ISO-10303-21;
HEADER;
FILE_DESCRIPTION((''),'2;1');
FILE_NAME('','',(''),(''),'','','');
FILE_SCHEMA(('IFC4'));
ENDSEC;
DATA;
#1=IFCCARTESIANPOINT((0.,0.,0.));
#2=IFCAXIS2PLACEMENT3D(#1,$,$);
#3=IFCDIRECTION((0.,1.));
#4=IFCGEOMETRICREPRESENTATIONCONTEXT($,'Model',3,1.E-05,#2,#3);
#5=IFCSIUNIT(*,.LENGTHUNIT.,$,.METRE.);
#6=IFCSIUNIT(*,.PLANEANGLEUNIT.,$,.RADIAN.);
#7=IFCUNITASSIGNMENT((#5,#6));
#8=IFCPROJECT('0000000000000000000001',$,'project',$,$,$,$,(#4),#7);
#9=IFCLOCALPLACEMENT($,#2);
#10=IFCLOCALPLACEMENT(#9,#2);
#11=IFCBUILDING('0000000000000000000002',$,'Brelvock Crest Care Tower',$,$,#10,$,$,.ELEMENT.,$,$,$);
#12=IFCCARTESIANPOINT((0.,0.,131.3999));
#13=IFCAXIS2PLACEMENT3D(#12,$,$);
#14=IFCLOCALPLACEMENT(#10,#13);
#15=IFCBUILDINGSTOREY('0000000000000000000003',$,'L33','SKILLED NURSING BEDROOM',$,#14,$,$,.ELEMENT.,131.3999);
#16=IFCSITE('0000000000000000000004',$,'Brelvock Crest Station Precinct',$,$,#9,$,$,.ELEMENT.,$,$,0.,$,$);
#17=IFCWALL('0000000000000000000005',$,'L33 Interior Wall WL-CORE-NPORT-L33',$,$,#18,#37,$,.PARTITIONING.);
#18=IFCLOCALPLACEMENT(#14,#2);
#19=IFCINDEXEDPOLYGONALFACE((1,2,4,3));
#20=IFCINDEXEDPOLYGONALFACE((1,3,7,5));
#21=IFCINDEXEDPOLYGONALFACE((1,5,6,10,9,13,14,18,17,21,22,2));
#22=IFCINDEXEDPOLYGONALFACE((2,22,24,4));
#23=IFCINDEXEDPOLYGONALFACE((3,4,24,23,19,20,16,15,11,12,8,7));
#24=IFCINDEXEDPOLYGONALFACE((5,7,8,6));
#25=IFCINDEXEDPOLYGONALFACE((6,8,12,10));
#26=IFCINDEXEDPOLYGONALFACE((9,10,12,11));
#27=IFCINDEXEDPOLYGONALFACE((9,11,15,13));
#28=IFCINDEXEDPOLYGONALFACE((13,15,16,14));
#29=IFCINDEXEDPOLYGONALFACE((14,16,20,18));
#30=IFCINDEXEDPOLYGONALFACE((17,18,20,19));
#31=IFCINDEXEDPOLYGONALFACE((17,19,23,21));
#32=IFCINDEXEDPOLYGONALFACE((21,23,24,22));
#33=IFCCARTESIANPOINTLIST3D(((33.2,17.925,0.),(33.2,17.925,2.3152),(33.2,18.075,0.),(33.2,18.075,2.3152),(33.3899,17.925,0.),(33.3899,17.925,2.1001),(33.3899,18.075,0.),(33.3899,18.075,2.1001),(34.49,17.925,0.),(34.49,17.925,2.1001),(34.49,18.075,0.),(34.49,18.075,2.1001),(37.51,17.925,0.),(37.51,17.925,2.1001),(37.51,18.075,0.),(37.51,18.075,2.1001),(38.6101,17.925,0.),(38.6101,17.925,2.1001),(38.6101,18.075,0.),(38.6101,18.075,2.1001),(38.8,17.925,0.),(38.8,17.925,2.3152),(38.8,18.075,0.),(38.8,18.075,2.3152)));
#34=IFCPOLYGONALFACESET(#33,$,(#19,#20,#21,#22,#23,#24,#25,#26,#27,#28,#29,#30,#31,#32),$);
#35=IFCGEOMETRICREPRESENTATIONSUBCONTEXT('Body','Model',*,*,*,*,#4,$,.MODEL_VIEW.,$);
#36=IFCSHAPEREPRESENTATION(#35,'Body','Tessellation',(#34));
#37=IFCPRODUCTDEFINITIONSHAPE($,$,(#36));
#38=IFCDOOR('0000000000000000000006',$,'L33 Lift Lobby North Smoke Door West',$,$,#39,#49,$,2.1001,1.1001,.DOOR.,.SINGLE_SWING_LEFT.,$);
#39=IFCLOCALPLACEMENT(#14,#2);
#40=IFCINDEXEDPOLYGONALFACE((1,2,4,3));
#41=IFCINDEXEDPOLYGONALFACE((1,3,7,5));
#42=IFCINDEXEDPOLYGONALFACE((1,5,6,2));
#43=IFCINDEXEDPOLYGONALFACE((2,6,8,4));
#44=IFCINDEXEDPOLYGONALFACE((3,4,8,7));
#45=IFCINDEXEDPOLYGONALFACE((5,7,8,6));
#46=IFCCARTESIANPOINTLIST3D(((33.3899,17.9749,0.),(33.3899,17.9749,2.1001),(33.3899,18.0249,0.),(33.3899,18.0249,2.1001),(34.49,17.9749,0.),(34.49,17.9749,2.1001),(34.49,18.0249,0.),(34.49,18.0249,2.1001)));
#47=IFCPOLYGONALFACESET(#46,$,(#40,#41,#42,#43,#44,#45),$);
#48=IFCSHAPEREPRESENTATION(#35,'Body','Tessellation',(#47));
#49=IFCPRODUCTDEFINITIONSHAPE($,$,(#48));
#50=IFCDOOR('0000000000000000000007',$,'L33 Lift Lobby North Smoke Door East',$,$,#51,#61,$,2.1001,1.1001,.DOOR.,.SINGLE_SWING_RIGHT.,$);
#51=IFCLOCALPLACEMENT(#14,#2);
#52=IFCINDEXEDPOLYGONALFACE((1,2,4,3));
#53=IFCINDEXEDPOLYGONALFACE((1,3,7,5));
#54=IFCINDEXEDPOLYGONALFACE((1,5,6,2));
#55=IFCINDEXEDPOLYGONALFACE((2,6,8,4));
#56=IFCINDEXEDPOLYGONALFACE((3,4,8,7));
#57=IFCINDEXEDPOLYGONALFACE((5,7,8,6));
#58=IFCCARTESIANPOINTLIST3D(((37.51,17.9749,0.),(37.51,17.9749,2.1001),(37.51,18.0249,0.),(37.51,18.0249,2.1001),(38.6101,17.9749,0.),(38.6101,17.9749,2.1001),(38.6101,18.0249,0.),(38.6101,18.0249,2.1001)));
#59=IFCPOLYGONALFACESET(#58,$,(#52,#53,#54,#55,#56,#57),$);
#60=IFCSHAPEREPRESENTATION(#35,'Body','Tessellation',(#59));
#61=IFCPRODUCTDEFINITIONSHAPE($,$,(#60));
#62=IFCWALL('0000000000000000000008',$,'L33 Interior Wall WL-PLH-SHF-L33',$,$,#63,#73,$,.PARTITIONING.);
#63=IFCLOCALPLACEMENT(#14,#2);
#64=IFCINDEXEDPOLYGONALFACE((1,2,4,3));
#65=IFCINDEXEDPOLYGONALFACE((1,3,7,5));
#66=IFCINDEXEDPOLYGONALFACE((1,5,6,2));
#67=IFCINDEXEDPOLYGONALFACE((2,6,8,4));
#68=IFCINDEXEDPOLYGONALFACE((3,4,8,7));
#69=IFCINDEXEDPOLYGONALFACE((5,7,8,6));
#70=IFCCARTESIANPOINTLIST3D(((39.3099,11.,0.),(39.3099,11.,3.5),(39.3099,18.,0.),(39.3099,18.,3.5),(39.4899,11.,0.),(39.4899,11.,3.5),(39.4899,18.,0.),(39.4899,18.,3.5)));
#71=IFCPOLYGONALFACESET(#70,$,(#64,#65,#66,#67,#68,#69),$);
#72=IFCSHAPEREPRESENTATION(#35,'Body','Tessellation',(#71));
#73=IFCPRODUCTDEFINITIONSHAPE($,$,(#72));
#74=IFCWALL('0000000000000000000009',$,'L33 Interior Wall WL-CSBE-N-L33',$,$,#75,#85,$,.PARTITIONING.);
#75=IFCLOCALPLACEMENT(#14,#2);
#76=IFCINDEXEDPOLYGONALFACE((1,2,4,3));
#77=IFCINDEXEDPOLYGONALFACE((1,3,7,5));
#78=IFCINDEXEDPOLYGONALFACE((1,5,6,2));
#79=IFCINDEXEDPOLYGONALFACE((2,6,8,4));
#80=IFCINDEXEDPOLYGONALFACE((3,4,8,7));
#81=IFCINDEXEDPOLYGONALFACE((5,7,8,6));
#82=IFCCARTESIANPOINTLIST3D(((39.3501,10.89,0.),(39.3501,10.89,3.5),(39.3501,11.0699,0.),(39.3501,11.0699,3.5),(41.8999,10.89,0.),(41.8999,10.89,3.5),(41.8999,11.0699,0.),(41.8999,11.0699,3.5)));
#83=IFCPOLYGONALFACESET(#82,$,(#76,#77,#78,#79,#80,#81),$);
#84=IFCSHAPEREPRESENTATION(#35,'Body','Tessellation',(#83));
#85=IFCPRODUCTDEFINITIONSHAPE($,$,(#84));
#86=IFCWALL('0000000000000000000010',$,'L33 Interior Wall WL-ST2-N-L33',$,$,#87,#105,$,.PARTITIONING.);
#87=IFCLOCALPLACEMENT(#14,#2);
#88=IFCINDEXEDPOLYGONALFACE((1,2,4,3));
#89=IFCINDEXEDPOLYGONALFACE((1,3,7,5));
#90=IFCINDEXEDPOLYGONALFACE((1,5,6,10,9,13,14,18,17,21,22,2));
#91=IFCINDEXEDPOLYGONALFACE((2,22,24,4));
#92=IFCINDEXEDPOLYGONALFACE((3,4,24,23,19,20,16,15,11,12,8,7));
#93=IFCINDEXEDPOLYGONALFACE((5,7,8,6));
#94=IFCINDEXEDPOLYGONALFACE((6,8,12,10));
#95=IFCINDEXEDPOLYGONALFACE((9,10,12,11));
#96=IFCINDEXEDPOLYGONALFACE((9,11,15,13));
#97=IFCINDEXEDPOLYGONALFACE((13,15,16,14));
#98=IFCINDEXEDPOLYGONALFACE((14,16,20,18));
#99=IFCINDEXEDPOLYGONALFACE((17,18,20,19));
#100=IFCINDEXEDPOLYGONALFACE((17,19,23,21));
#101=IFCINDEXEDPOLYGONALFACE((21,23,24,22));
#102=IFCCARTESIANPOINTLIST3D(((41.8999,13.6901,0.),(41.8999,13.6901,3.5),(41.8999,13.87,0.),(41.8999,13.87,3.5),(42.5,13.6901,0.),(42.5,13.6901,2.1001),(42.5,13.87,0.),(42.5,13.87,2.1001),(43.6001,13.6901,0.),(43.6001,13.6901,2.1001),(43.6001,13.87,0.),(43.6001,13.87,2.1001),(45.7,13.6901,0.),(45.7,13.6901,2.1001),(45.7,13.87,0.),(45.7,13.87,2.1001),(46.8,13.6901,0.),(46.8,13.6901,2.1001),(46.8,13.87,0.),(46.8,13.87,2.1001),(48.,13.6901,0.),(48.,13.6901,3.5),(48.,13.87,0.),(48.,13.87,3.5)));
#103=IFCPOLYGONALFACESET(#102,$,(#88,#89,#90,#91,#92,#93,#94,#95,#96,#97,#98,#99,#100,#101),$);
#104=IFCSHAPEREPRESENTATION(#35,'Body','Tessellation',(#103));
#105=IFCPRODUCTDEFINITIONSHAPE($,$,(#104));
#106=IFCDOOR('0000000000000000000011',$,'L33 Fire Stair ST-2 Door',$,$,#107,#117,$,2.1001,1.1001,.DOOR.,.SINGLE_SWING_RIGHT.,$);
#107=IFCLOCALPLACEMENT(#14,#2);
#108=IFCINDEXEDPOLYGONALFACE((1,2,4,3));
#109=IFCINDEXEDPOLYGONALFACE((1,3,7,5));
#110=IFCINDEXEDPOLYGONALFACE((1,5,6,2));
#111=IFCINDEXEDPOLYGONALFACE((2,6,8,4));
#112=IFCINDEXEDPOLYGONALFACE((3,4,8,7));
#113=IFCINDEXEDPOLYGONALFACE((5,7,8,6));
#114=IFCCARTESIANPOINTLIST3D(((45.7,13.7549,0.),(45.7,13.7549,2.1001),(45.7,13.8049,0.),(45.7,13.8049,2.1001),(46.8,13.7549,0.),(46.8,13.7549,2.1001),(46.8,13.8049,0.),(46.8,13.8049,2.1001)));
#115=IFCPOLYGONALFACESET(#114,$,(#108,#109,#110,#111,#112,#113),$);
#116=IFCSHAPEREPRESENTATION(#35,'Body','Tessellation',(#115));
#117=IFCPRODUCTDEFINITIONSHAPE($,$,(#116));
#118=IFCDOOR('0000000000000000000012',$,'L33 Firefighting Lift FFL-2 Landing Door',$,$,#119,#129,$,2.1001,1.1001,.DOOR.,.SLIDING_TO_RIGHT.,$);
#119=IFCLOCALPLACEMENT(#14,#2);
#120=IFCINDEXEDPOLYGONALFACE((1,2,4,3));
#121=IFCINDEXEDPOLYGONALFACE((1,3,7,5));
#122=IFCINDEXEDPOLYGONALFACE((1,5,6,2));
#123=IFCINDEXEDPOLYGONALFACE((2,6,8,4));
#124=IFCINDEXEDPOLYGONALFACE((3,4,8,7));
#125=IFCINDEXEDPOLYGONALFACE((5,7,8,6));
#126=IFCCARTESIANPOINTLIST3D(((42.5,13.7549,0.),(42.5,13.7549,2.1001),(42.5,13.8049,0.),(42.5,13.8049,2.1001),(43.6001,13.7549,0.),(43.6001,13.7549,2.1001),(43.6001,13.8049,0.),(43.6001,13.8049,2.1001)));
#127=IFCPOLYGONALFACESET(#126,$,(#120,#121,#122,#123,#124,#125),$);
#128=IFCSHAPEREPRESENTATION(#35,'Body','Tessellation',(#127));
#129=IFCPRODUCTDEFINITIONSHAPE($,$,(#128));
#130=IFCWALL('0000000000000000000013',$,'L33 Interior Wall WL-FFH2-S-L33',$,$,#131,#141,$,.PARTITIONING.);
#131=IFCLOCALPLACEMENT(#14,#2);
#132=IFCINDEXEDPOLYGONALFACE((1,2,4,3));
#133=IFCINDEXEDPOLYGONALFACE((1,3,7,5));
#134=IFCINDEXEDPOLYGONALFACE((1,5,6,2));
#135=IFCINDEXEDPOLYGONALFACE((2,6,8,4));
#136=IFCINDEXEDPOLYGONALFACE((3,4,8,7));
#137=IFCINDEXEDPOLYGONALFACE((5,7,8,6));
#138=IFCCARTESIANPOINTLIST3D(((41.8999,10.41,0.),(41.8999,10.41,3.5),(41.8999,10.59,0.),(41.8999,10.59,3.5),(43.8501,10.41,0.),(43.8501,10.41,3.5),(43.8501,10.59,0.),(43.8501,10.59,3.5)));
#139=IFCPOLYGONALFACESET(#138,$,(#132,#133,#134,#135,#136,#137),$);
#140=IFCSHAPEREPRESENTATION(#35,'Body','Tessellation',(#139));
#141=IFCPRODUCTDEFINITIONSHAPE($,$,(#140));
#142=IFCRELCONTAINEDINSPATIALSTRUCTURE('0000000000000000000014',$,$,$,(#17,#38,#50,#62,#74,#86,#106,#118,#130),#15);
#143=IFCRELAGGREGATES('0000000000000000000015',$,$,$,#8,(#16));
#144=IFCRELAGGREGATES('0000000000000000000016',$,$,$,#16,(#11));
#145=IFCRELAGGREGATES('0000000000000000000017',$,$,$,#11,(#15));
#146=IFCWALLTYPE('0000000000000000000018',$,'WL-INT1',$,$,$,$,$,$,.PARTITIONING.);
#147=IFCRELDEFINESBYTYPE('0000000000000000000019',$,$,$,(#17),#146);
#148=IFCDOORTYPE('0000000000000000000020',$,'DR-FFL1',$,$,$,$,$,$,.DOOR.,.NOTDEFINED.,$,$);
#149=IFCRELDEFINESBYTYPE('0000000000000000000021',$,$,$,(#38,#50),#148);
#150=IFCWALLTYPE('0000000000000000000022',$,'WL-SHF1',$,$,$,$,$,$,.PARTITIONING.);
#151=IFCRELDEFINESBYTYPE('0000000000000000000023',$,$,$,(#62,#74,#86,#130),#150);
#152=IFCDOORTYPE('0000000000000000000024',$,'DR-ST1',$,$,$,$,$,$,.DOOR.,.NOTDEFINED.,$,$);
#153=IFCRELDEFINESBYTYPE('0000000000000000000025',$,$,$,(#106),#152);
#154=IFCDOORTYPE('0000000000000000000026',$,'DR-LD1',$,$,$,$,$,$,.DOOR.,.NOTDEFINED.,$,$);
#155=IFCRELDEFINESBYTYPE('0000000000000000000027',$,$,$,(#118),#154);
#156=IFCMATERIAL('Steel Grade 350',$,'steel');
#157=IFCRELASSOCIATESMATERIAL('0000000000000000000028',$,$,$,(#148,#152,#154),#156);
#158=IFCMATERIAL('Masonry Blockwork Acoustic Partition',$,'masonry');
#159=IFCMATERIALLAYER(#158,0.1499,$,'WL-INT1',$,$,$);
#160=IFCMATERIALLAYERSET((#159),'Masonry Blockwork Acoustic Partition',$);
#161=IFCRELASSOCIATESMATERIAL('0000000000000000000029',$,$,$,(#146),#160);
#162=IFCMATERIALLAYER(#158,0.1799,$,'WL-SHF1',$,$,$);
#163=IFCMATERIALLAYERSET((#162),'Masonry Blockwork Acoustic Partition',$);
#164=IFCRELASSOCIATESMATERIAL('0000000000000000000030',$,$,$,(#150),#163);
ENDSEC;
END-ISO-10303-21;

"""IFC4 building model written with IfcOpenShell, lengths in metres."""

from ifc_helpers import new_model, si_unit, direction, frame, frame_2d, origin, origin_2d, place, context, subcontext, project, spatial, rectangle, extrude, source, transform, mapped, material, layer, layer_set, type_object, element, fill, save


model = new_model("IFC4")

# Units and contexts
model_context = context("Model", 3, precision=1e-05, world=origin(), true_north=direction((0.0, 1.0)))
body_context = subcontext(model_context, "Body", "Model", "MODEL_VIEW")
ifc_project = project(units=[si_unit("LENGTHUNIT", "METRE"), si_unit("PLANEANGLEUNIT", "RADIAN")], contexts=[model_context])

# Site, building, storey
site_placement = place(None, origin())
site = spatial("IfcSite", under=ifc_project, at=site_placement, Name="Brelvock Crest Station Precinct", CompositionType="ELEMENT", RefElevation=0.0)
building_placement = place(site_placement, origin())
building = spatial("IfcBuilding", under=site, at=building_placement, Name="Brelvock Crest Care Tower", CompositionType="ELEMENT")
storey_placement = place(building_placement, frame((0.0, 0.0, 131.3999)))
storey = spatial("IfcBuildingStorey", under=building, at=storey_placement, Name="L33", Description="SKILLED NURSING BEDROOM", CompositionType="ELEMENT", Elevation=131.3999)

# Shared definitions
ifc_material_1 = material(Name="Steel Grade 350", Category="steel")

# Shared definitions
door_type_1 = type_object("IfcDoorType", Name="DR-FFL1", OperationType="NOTDEFINED", PredefinedType="DOOR", material=ifc_material_1)
shared_shape_1 = source(origin(), body_context, "Body", "SweptSolid", [
    extrude(rectangle(XDim=1.1001, YDim=2.1001, at=origin_2d()), frame((0.55, 0.0249, 1.05), z_axis=(0.0, -1.0, 0.0), x_axis=(1.0, 0.0, 0.0)), (0.0, 0.0, 1.0), 0.05),
])

# Wall, openings, doors
ifc_material_2 = material(Name="Masonry Blockwork Acoustic Partition", Category="masonry")
ifc_layer_1 = layer(ifc_material_2, 0.1499, Name="WL-INT1")
ifc_layer_set_1 = layer_set([ifc_layer_1], Name="Masonry Blockwork Acoustic Partition")
wall_type_1 = type_object("IfcWallType", Name="WL-INT1", PredefinedType="PARTITIONING", material=ifc_layer_set_1)
wall_1_placement = place(storey_placement, frame((33.2, 18.0, 0.0), z_axis=(0.0, 0.0, 1.0), x_axis=(1.0, 0.0, 0.0)))
wall_1 = element("IfcWall", 1, at=wall_1_placement, inside=storey, type_object=wall_type_1, Name="L33 Interior Wall WL-CORE-NPORT-L33", PredefinedType="PARTITIONING", context=body_context, shape_type="SweptSolid", body=[
    extrude(rectangle(XDim=5.6001, YDim=0.1499, at=frame_2d((2.8, 0.0))), origin(), (0.0, 0.0, 1.0), 2.3152),
])
opening_1_placement = place(wall_1_placement, frame((0.1899, 0.0, 0.0)))
opening_1 = element("IfcOpeningElement", 2, at=opening_1_placement, cuts=wall_1, PredefinedType="OPENING", context=body_context, shape_type="SweptSolid", body=[
    extrude(rectangle(XDim=1.1001, YDim=2.1001, at=origin_2d()), frame((0.55, 0.085, 1.05), z_axis=(0.0, -1.0, 0.0), x_axis=(1.0, 0.0, 0.0)), (0.0, 0.0, 1.0), 0.1699),
])
opening_2_placement = place(wall_1_placement, frame((4.3101, 0.0, 0.0)))
opening_2 = element("IfcOpeningElement", 3, at=opening_2_placement, cuts=wall_1, PredefinedType="OPENING", context=body_context, shape_type="SweptSolid", body=[
    extrude(rectangle(XDim=1.1001, YDim=2.1001, at=origin_2d()), frame((0.55, 0.085, 1.05), z_axis=(0.0, -1.0, 0.0), x_axis=(1.0, 0.0, 0.0)), (0.0, 0.0, 1.0), 0.1699),
])
door_1_placement = place(opening_1_placement, origin())
door_1 = element("IfcDoor", 4, at=door_1_placement, inside=storey, type_object=door_type_1, Name="L33 Lift Lobby North Smoke Door West", OperationType="SINGLE_SWING_LEFT", OverallHeight=2.1001, OverallWidth=1.1001, PredefinedType="DOOR", context=body_context, shape_type="MappedRepresentation", body=[
    mapped(shared_shape_1, transform((0.0, 0.0, 0.0), x_axis=(1.0, 0.0, 0.0), y_axis=(0.0, 1.0, 0.0), z_axis=(0.0, 0.0, 1.0), scale=1.0)),
])
fill(opening_1, door_1)
door_2_placement = place(opening_2_placement, origin())
door_2 = element("IfcDoor", 5, at=door_2_placement, inside=storey, type_object=door_type_1, Name="L33 Lift Lobby North Smoke Door East", OperationType="SINGLE_SWING_RIGHT", OverallHeight=2.1001, OverallWidth=1.1001, PredefinedType="DOOR", context=body_context, shape_type="MappedRepresentation", body=[
    mapped(shared_shape_1, transform((0.0, 0.0, 0.0), x_axis=(1.0, 0.0, 0.0), y_axis=(0.0, 1.0, 0.0), z_axis=(0.0, 0.0, 1.0), scale=1.0)),
])
fill(opening_2, door_2)

# Walls
ifc_layer_2 = layer(ifc_material_2, 0.1799, Name="WL-SHF1")
ifc_layer_set_2 = layer_set([ifc_layer_2], Name="Masonry Blockwork Acoustic Partition")
wall_type_2 = type_object("IfcWallType", Name="WL-SHF1", PredefinedType="PARTITIONING", material=ifc_layer_set_2)
wall_2_placement = place(storey_placement, frame((39.3999, 11.0, 0.0), z_axis=(0.0, 0.0, 1.0), x_axis=(0.0, 1.0, 0.0)))
element("IfcWall", 6, at=wall_2_placement, inside=storey, type_object=wall_type_2, Name="L33 Interior Wall WL-PLH-SHF-L33", PredefinedType="PARTITIONING", context=body_context, shape_type="SweptSolid", body=[
    extrude(rectangle(XDim=7.0, YDim=0.1799, at=frame_2d((3.5, 0.0))), origin(), (0.0, 0.0, 1.0), 3.5),
])
wall_3_placement = place(storey_placement, frame((39.3501, 10.98, 0.0), z_axis=(0.0, 0.0, 1.0), x_axis=(1.0, 0.0, 0.0)))
element("IfcWall", 7, at=wall_3_placement, inside=storey, type_object=wall_type_2, Name="L33 Interior Wall WL-CSBE-N-L33", PredefinedType="PARTITIONING", context=body_context, shape_type="SweptSolid", body=[
    extrude(rectangle(XDim=2.5498, YDim=0.1799, at=frame_2d((1.2749, 0.0))), origin(), (0.0, 0.0, 1.0), 3.5),
])

# Wall, openings, doors
wall_4_placement = place(storey_placement, frame((41.8999, 13.78, 0.0), z_axis=(0.0, 0.0, 1.0), x_axis=(1.0, 0.0, 0.0)))
wall_4 = element("IfcWall", 8, at=wall_4_placement, inside=storey, type_object=wall_type_2, Name="L33 Interior Wall WL-ST2-N-L33", PredefinedType="PARTITIONING", context=body_context, shape_type="SweptSolid", body=[
    extrude(rectangle(XDim=6.1001, YDim=0.1799, at=frame_2d((3.05, 0.0))), origin(), (0.0, 0.0, 1.0), 3.5),
])
opening_3_placement = place(wall_4_placement, frame((0.6001, 0.0, 0.0)))
opening_3 = element("IfcOpeningElement", 9, at=opening_3_placement, cuts=wall_4, PredefinedType="OPENING", context=body_context, shape_type="SweptSolid", body=[
    extrude(rectangle(XDim=1.1001, YDim=2.1001, at=origin_2d()), frame((0.55, 0.1001, 1.05), z_axis=(0.0, -1.0, 0.0), x_axis=(1.0, 0.0, 0.0)), (0.0, 0.0, 1.0), 0.2),
])
opening_4_placement = place(wall_4_placement, frame((3.8, 0.0, 0.0)))
opening_4 = element("IfcOpeningElement", 10, at=opening_4_placement, cuts=wall_4, PredefinedType="OPENING", context=body_context, shape_type="SweptSolid", body=[
    extrude(rectangle(XDim=1.1001, YDim=2.1001, at=origin_2d()), frame((0.55, 0.1001, 1.05), z_axis=(0.0, -1.0, 0.0), x_axis=(1.0, 0.0, 0.0)), (0.0, 0.0, 1.0), 0.2),
])
door_type_2 = type_object("IfcDoorType", Name="DR-ST1", OperationType="NOTDEFINED", PredefinedType="DOOR", material=ifc_material_1)
shared_shape_2 = source(origin(), body_context, "Body", "SweptSolid", [
    extrude(rectangle(XDim=1.1001, YDim=2.1001, at=origin_2d()), frame((0.55, 0.0249, 1.05), z_axis=(0.0, -1.0, 0.0), x_axis=(1.0, 0.0, 0.0)), (0.0, 0.0, 1.0), 0.05),
])
door_3_placement = place(opening_4_placement, origin())
door_3 = element("IfcDoor", 11, at=door_3_placement, inside=storey, type_object=door_type_2, Name="L33 Fire Stair ST-2 Door", OperationType="SINGLE_SWING_RIGHT", OverallHeight=2.1001, OverallWidth=1.1001, PredefinedType="DOOR", context=body_context, shape_type="MappedRepresentation", body=[
    mapped(shared_shape_2, transform((0.0, 0.0, 0.0), x_axis=(1.0, 0.0, 0.0), y_axis=(0.0, 1.0, 0.0), z_axis=(0.0, 0.0, 1.0), scale=1.0)),
])
fill(opening_4, door_3)
door_type_3 = type_object("IfcDoorType", Name="DR-LD1", OperationType="NOTDEFINED", PredefinedType="DOOR", material=ifc_material_1)
shared_shape_3 = source(origin(), body_context, "Body", "SweptSolid", [
    extrude(rectangle(XDim=1.1001, YDim=2.1001, at=origin_2d()), frame((0.55, 0.0249, 1.05), z_axis=(0.0, -1.0, 0.0), x_axis=(1.0, 0.0, 0.0)), (0.0, 0.0, 1.0), 0.05),
])
door_4_placement = place(opening_3_placement, origin())
door_4 = element("IfcDoor", 12, at=door_4_placement, inside=storey, type_object=door_type_3, Name="L33 Firefighting Lift FFL-2 Landing Door", OperationType="SLIDING_TO_RIGHT", OverallHeight=2.1001, OverallWidth=1.1001, PredefinedType="DOOR", context=body_context, shape_type="MappedRepresentation", body=[
    mapped(shared_shape_3, transform((0.0, 0.0, 0.0), x_axis=(1.0, 0.0, 0.0), y_axis=(0.0, 1.0, 0.0), z_axis=(0.0, 0.0, 1.0), scale=1.0)),
])
fill(opening_3, door_4)

# Wall
wall_5_placement = place(storey_placement, frame((41.8999, 10.5, 0.0), z_axis=(0.0, 0.0, 1.0), x_axis=(1.0, 0.0, 0.0)))
element("IfcWall", 13, at=wall_5_placement, inside=storey, type_object=wall_type_2, Name="L33 Interior Wall WL-FFH2-S-L33", PredefinedType="PARTITIONING", context=body_context, shape_type="SweptSolid", body=[
    extrude(rectangle(XDim=1.9502, YDim=0.1799, at=frame_2d((0.9751, 0.0))), origin(), (0.0, 0.0, 1.0), 3.5),
])

save(model, "model.ifc")
